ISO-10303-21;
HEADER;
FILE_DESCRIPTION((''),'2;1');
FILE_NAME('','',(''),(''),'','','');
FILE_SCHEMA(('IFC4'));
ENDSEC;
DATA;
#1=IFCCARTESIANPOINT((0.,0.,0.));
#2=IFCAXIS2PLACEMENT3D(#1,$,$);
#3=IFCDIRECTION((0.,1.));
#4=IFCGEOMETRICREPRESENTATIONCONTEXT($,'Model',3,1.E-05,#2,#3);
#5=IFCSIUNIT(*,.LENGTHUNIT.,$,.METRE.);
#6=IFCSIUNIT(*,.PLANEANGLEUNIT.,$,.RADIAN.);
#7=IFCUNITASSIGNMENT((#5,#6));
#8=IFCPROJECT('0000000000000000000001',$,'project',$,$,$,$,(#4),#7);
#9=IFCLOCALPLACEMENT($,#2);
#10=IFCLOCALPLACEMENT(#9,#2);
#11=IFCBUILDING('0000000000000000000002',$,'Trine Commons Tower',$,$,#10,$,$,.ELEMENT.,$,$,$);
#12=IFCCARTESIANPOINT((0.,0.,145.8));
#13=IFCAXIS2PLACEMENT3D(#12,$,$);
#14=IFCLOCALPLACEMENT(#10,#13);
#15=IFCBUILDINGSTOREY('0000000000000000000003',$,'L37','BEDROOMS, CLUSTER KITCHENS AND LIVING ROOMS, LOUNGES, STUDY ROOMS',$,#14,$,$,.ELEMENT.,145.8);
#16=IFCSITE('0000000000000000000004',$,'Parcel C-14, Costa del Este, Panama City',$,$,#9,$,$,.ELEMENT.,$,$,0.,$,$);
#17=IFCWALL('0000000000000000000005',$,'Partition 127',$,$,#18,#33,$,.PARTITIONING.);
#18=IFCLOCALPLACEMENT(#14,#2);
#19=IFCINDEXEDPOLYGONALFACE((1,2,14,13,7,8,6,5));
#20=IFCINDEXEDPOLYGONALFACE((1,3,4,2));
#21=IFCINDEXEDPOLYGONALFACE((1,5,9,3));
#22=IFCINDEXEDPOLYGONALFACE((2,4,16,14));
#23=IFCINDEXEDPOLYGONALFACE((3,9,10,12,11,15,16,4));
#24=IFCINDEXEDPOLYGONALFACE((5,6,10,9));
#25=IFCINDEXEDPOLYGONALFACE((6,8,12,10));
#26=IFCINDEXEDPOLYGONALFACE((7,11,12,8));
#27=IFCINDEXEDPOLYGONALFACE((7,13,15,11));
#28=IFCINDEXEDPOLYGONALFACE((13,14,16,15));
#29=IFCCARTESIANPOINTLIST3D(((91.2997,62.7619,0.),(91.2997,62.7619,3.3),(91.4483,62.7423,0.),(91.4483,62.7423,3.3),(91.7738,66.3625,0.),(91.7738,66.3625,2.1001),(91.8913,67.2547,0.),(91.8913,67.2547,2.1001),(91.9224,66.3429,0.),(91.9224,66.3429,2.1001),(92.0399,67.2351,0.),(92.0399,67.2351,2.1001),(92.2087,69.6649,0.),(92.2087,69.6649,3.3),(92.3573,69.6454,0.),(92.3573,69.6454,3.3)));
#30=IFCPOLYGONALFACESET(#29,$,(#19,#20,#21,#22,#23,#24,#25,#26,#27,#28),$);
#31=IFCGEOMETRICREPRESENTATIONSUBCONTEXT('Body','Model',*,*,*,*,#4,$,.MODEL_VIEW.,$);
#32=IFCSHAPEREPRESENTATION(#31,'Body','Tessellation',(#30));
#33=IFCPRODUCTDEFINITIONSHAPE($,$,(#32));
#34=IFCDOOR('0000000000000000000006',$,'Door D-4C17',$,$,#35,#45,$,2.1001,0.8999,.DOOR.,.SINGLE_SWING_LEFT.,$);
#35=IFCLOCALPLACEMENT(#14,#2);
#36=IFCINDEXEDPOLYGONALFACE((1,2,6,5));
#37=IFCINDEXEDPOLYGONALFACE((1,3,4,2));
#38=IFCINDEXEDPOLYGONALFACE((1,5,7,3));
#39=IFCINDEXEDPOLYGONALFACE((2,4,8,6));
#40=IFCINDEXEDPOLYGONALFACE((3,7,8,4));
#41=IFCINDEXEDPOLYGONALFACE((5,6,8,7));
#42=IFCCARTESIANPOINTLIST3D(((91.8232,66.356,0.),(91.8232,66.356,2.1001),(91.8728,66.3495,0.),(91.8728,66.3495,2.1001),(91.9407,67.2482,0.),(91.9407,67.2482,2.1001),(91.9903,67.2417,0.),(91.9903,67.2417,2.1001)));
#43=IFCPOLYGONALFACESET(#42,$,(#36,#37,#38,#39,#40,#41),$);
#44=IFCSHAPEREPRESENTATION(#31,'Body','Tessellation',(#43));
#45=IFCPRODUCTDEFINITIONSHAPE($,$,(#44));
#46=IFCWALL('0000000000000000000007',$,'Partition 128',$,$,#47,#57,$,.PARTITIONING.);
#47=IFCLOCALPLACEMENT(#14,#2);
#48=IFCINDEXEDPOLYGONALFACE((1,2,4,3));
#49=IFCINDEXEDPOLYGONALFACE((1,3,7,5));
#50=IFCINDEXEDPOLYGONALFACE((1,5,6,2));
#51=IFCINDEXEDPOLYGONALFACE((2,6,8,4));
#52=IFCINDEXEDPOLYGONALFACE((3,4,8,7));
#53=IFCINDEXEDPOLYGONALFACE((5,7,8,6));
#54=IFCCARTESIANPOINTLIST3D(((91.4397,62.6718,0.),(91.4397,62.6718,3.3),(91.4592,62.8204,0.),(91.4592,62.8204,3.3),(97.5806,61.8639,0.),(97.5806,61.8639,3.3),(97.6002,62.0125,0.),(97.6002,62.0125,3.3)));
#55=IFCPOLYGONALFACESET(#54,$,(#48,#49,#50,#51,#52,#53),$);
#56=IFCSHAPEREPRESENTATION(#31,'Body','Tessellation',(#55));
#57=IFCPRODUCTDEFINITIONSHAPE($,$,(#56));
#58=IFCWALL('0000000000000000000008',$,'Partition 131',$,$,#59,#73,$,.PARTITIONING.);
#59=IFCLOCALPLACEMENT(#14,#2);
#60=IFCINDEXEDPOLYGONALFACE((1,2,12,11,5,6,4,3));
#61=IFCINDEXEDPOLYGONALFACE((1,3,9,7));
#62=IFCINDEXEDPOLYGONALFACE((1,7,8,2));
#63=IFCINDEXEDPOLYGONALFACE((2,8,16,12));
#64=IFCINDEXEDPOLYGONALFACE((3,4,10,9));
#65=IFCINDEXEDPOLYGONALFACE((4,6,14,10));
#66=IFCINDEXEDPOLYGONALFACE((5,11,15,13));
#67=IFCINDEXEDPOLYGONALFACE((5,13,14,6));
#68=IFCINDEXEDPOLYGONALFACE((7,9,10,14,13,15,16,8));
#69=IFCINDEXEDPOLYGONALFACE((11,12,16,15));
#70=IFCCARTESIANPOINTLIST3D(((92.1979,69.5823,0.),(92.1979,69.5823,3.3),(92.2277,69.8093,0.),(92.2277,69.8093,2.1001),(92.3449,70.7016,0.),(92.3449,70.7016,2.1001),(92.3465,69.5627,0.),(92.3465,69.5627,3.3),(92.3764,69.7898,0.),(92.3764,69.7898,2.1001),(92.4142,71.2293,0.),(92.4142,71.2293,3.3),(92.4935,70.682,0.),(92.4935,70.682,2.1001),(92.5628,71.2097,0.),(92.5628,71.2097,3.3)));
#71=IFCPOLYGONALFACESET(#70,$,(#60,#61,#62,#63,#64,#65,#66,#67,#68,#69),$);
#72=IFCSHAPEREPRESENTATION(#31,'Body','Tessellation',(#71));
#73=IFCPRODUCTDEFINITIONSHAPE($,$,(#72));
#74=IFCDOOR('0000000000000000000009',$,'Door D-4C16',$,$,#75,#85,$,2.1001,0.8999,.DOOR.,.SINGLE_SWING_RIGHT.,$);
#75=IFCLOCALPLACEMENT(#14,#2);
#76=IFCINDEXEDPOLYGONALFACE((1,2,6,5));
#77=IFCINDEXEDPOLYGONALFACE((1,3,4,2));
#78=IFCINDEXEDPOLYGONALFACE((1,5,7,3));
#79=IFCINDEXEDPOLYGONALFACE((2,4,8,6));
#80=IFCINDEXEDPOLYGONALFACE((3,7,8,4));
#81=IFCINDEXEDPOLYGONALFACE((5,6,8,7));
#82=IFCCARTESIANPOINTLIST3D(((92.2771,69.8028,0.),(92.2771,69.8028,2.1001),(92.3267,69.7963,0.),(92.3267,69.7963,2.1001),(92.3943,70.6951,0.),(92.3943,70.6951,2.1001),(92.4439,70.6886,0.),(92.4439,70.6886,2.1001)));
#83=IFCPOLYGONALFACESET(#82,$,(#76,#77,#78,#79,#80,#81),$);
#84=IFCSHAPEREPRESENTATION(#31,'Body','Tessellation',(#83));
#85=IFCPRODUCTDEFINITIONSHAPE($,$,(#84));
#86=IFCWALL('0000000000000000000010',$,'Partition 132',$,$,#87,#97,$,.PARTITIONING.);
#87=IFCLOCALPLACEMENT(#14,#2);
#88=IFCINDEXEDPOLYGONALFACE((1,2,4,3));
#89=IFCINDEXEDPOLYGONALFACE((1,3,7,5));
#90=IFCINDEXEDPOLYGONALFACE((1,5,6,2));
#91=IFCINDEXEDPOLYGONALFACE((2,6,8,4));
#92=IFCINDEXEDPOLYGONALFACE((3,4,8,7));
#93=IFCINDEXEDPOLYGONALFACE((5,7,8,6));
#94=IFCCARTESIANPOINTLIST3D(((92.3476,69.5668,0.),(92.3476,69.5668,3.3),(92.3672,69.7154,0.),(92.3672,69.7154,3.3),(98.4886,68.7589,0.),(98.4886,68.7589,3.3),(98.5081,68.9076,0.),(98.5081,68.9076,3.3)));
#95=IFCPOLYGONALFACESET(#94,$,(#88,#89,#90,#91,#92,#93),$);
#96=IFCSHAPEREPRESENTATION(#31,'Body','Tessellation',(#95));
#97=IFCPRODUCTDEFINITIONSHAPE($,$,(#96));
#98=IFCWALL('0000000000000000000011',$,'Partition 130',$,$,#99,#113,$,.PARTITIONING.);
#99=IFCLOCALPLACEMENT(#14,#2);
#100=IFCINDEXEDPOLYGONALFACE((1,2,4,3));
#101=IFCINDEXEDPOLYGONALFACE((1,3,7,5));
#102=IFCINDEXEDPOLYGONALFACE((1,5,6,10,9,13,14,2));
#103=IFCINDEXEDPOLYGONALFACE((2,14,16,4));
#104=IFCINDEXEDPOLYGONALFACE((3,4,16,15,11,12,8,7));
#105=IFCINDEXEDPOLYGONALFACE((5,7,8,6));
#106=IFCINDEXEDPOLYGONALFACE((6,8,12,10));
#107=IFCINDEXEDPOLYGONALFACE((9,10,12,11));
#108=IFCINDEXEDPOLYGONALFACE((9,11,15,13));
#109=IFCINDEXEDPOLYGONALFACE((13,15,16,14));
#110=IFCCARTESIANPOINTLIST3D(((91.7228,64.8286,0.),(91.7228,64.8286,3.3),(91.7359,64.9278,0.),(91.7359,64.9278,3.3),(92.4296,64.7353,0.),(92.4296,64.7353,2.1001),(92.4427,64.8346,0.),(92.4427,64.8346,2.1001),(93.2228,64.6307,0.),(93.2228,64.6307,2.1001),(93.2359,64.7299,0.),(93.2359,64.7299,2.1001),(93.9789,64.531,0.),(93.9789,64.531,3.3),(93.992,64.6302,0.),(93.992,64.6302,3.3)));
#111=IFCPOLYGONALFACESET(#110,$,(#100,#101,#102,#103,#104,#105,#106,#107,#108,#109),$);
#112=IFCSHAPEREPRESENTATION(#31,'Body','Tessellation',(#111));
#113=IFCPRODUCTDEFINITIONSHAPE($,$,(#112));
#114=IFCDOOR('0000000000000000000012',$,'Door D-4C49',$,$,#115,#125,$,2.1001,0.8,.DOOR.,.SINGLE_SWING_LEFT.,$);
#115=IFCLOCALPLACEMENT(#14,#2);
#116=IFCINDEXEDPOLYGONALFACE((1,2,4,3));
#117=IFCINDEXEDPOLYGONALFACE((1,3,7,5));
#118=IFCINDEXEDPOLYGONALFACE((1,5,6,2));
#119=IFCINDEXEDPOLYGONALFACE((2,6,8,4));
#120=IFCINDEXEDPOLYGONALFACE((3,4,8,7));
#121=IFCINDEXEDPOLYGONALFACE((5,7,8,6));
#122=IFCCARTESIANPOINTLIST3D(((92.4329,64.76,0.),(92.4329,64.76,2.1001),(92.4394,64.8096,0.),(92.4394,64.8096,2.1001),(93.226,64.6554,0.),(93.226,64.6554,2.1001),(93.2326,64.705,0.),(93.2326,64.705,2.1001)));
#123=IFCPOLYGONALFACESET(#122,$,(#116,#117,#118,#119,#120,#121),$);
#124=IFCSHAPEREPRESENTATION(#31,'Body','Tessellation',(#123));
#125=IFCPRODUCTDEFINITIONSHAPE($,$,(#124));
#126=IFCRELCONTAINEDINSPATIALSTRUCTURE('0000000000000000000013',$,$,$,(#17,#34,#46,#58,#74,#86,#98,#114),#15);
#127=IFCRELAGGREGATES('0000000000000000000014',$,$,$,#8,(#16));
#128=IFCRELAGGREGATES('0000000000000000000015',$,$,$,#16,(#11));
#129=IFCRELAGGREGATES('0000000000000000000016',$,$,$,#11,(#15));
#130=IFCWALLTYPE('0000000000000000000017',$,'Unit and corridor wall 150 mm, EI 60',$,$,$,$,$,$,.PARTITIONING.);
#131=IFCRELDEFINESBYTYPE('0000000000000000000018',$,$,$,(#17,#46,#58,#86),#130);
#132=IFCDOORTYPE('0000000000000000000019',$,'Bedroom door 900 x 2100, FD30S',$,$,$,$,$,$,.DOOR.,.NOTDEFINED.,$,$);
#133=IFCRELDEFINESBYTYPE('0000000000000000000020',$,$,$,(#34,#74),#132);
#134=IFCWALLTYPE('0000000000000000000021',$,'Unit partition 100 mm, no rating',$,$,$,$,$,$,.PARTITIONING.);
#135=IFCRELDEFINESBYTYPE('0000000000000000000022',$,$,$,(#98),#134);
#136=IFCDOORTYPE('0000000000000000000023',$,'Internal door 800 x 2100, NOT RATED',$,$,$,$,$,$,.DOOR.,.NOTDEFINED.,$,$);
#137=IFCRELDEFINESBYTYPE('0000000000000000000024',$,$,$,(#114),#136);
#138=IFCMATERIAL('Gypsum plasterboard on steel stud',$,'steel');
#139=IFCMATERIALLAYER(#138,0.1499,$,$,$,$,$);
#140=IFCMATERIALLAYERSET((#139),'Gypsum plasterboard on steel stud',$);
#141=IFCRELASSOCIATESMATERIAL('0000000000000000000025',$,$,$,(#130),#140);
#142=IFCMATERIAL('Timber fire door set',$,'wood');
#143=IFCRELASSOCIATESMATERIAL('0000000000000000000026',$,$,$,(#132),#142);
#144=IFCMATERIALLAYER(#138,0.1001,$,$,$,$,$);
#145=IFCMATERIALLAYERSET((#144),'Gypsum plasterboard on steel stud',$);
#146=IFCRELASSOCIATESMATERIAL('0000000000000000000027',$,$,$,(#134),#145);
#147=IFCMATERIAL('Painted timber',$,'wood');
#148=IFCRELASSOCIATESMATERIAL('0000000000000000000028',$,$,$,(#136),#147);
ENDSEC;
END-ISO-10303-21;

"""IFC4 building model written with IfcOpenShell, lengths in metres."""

from ifc_helpers import new_model, si_unit, direction, frame, frame_2d, origin, place, context, subcontext, project, spatial, rectangle, extrude, material, layer, layer_set, type_object, element, fill, save


model = new_model("IFC4")

# Units and contexts
model_context = context("Model", 3, precision=1e-05, world=origin(), true_north=direction((0.0, 1.0)))
body_context = subcontext(model_context, "Body", "Model", "MODEL_VIEW")
ifc_project = project(units=[si_unit("LENGTHUNIT", "METRE"), si_unit("PLANEANGLEUNIT", "RADIAN")], contexts=[model_context])

# Site, building, storey
site_placement = place(None, origin())
site = spatial("IfcSite", under=ifc_project, at=site_placement, Name="Parcel C-14, Costa del Este, Panama City", CompositionType="ELEMENT", RefElevation=0.0)
building_placement = place(site_placement, origin())
building = spatial("IfcBuilding", under=site, at=building_placement, Name="Trine Commons Tower", CompositionType="ELEMENT")
storey_placement = place(building_placement, frame((0.0, 0.0, 145.8)))
storey = spatial("IfcBuildingStorey", under=building, at=storey_placement, Name="L37", Description="BEDROOMS, CLUSTER KITCHENS AND LIVING ROOMS, LOUNGES, STUDY ROOMS", CompositionType="ELEMENT", Elevation=145.8)

# Shared definitions
ifc_material_1 = material(Name="Gypsum plasterboard on steel stud", Category="steel")
ifc_layer_1 = layer(ifc_material_1, 0.1499)
ifc_layer_set_1 = layer_set([ifc_layer_1], Name="Gypsum plasterboard on steel stud")
wall_type_1 = type_object("IfcWallType", Name="Unit and corridor wall 150 mm, EI 60", PredefinedType="PARTITIONING", material=ifc_layer_set_1)

# Wall, opening, door
wall_1_placement = place(storey_placement, frame((91.374, 62.752, 0.0), z_axis=(0.0, 0.0, 1.0), x_axis=(0.130544, 0.991442, 0.0)))
wall_1 = element("IfcWall", 1, at=wall_1_placement, inside=storey, type_object=wall_type_1, Name="Partition 127", PredefinedType="PARTITIONING", context=body_context, shape_type="SweptSolid", body=[
    extrude(rectangle(XDim=6.9626, YDim=0.1499, at=frame_2d((3.4814, 0.0))), origin(), (0.0, 0.0, 1.0), 3.3),
])
opening_1_placement = place(wall_1_placement, frame((3.6318, 0.0, 0.0)))
opening_1 = element("IfcOpeningElement", 2, at=opening_1_placement, cuts=wall_1, PredefinedType="OPENING", context=body_context, shape_type="SweptSolid", body=[
    extrude(rectangle(XDim=0.8999, YDim=2.1001, at=frame_2d((0.45, 1.05))), frame((0.0, 0.085, 0.0), z_axis=(0.0, -1.0, 0.0), x_axis=(1.0, 0.0, 0.0)), (0.0, 0.0, 1.0), 0.1699),
])
ifc_material_2 = material(Name="Timber fire door set", Category="wood")
door_type_1 = type_object("IfcDoorType", Name="Bedroom door 900 x 2100, FD30S", OperationType="NOTDEFINED", PredefinedType="DOOR", material=ifc_material_2)
door_1_placement = place(opening_1_placement, frame((0.8999, 0.0, 0.0), z_axis=(0.0, 0.0, 1.0), x_axis=(-1.0, 0.0, 0.0)))
door_1 = element("IfcDoor", 3, at=door_1_placement, inside=storey, type_object=door_type_1, Name="Door D-4C17", OperationType="SINGLE_SWING_LEFT", OverallHeight=2.1001, OverallWidth=0.8999, PredefinedType="DOOR", context=body_context, shape_type="SweptSolid", body=[
    extrude(rectangle(XDim=0.8999, YDim=2.1001, at=frame_2d((0.45, 1.05))), frame((0.0, 0.0249, 0.0), z_axis=(0.0, -1.0, 0.0), x_axis=(1.0, 0.0, 0.0)), (0.0, 0.0, 1.0), 0.05),
])
fill(opening_1, door_1)

# Wall
wall_2_placement = place(storey_placement, frame((91.4495, 62.7461, 0.0), z_axis=(0.0, 0.0, 1.0), x_axis=(0.991457, -0.130431, 0.0)))
element("IfcWall", 4, at=wall_2_placement, inside=storey, type_object=wall_type_1, Name="Partition 128", PredefinedType="PARTITIONING", context=body_context, shape_type="SweptSolid", body=[
    extrude(rectangle(XDim=6.1938, YDim=0.1499, at=frame_2d((3.0969, 0.0))), origin(), (0.0, 0.0, 1.0), 3.3),
])

# Wall, opening, door
wall_3_placement = place(storey_placement, frame((92.2722, 69.5725, 0.0), z_axis=(0.0, 0.0, 1.0), x_axis=(0.130219, 0.991485, 0.0)))
wall_3 = element("IfcWall", 5, at=wall_3_placement, inside=storey, type_object=wall_type_1, Name="Partition 131", PredefinedType="PARTITIONING", context=body_context, shape_type="SweptSolid", body=[
    extrude(rectangle(XDim=1.6611, YDim=0.1499, at=frame_2d((0.8306, 0.0))), origin(), (0.0, 0.0, 1.0), 3.3),
])
opening_2_placement = place(wall_3_placement, frame((0.229, 0.0, 0.0)))
opening_2 = element("IfcOpeningElement", 6, at=opening_2_placement, cuts=wall_3, PredefinedType="OPENING", context=body_context, shape_type="SweptSolid", body=[
    extrude(rectangle(XDim=0.8999, YDim=2.1001, at=frame_2d((0.45, 1.05))), frame((0.0, 0.085, 0.0), z_axis=(0.0, -1.0, 0.0), x_axis=(1.0, 0.0, 0.0)), (0.0, 0.0, 1.0), 0.1699),
])
door_2_placement = place(opening_2_placement, frame((0.8999, 0.0, 0.0), z_axis=(0.0, 0.0, 1.0), x_axis=(-1.0, 0.0, 0.0)))
door_2 = element("IfcDoor", 7, at=door_2_placement, inside=storey, type_object=door_type_1, Name="Door D-4C16", OperationType="SINGLE_SWING_RIGHT", OverallHeight=2.1001, OverallWidth=0.8999, PredefinedType="DOOR", context=body_context, shape_type="SweptSolid", body=[
    extrude(rectangle(XDim=0.8999, YDim=2.1001, at=frame_2d((0.45, 1.05))), frame((0.0, 0.0249, 0.0), z_axis=(0.0, -1.0, 0.0), x_axis=(1.0, 0.0, 0.0)), (0.0, 0.0, 1.0), 0.05),
])
fill(opening_2, door_2)

# Wall
wall_4_placement = place(storey_placement, frame((92.3574, 69.6411, 0.0), z_axis=(0.0, 0.0, 1.0), x_axis=(0.991457, -0.130431, 0.0)))
element("IfcWall", 8, at=wall_4_placement, inside=storey, type_object=wall_type_1, Name="Partition 132", PredefinedType="PARTITIONING", context=body_context, shape_type="SweptSolid", body=[
    extrude(rectangle(XDim=6.1938, YDim=0.1499, at=frame_2d((3.0969, 0.0))), origin(), (0.0, 0.0, 1.0), 3.3),
])

# Wall, opening, door
ifc_layer_2 = layer(ifc_material_1, 0.1001)
ifc_layer_set_2 = layer_set([ifc_layer_2], Name="Gypsum plasterboard on steel stud")
wall_type_2 = type_object("IfcWallType", Name="Unit partition 100 mm, no rating", PredefinedType="PARTITIONING", material=ifc_layer_set_2)
wall_5_placement = place(storey_placement, frame((91.7295, 64.8782, 0.0), z_axis=(0.0, 0.0, 1.0), x_axis=(0.991412, -0.130779, 0.0)))
wall_5 = element("IfcWall", 9, at=wall_5_placement, inside=storey, type_object=wall_type_2, Name="Partition 130", PredefinedType="PARTITIONING", context=body_context, shape_type="SweptSolid", body=[
    extrude(rectangle(XDim=2.2756, YDim=0.1001, at=frame_2d((1.1377, 0.0))), origin(), (0.0, 0.0, 1.0), 3.3),
])
opening_3_placement = place(wall_5_placement, frame((0.7129, 0.0, 0.0)))
opening_3 = element("IfcOpeningElement", 10, at=opening_3_placement, cuts=wall_5, PredefinedType="OPENING", context=body_context, shape_type="SweptSolid", body=[
    extrude(rectangle(XDim=0.8, YDim=2.1001, at=frame_2d((0.3999, 1.05))), frame((0.0, 0.0601, 0.0), z_axis=(0.0, -1.0, 0.0), x_axis=(1.0, 0.0, 0.0)), (0.0, 0.0, 1.0), 0.1201),
])
ifc_material_3 = material(Name="Painted timber", Category="wood")
door_type_2 = type_object("IfcDoorType", Name="Internal door 800 x 2100, NOT RATED", OperationType="NOTDEFINED", PredefinedType="DOOR", material=ifc_material_3)
door_3_placement = place(opening_3_placement, origin())
door_3 = element("IfcDoor", 11, at=door_3_placement, inside=storey, type_object=door_type_2, Name="Door D-4C49", OperationType="SINGLE_SWING_LEFT", OverallHeight=2.1001, OverallWidth=0.8, PredefinedType="DOOR", context=body_context, shape_type="SweptSolid", body=[
    extrude(rectangle(XDim=0.8, YDim=2.1001, at=frame_2d((0.3999, 1.05))), frame((0.0, 0.0249, 0.0), z_axis=(0.0, -1.0, 0.0), x_axis=(1.0, 0.0, 0.0)), (0.0, 0.0, 1.0), 0.05),
])
fill(opening_3, door_3)

save(model, "model.ifc")
